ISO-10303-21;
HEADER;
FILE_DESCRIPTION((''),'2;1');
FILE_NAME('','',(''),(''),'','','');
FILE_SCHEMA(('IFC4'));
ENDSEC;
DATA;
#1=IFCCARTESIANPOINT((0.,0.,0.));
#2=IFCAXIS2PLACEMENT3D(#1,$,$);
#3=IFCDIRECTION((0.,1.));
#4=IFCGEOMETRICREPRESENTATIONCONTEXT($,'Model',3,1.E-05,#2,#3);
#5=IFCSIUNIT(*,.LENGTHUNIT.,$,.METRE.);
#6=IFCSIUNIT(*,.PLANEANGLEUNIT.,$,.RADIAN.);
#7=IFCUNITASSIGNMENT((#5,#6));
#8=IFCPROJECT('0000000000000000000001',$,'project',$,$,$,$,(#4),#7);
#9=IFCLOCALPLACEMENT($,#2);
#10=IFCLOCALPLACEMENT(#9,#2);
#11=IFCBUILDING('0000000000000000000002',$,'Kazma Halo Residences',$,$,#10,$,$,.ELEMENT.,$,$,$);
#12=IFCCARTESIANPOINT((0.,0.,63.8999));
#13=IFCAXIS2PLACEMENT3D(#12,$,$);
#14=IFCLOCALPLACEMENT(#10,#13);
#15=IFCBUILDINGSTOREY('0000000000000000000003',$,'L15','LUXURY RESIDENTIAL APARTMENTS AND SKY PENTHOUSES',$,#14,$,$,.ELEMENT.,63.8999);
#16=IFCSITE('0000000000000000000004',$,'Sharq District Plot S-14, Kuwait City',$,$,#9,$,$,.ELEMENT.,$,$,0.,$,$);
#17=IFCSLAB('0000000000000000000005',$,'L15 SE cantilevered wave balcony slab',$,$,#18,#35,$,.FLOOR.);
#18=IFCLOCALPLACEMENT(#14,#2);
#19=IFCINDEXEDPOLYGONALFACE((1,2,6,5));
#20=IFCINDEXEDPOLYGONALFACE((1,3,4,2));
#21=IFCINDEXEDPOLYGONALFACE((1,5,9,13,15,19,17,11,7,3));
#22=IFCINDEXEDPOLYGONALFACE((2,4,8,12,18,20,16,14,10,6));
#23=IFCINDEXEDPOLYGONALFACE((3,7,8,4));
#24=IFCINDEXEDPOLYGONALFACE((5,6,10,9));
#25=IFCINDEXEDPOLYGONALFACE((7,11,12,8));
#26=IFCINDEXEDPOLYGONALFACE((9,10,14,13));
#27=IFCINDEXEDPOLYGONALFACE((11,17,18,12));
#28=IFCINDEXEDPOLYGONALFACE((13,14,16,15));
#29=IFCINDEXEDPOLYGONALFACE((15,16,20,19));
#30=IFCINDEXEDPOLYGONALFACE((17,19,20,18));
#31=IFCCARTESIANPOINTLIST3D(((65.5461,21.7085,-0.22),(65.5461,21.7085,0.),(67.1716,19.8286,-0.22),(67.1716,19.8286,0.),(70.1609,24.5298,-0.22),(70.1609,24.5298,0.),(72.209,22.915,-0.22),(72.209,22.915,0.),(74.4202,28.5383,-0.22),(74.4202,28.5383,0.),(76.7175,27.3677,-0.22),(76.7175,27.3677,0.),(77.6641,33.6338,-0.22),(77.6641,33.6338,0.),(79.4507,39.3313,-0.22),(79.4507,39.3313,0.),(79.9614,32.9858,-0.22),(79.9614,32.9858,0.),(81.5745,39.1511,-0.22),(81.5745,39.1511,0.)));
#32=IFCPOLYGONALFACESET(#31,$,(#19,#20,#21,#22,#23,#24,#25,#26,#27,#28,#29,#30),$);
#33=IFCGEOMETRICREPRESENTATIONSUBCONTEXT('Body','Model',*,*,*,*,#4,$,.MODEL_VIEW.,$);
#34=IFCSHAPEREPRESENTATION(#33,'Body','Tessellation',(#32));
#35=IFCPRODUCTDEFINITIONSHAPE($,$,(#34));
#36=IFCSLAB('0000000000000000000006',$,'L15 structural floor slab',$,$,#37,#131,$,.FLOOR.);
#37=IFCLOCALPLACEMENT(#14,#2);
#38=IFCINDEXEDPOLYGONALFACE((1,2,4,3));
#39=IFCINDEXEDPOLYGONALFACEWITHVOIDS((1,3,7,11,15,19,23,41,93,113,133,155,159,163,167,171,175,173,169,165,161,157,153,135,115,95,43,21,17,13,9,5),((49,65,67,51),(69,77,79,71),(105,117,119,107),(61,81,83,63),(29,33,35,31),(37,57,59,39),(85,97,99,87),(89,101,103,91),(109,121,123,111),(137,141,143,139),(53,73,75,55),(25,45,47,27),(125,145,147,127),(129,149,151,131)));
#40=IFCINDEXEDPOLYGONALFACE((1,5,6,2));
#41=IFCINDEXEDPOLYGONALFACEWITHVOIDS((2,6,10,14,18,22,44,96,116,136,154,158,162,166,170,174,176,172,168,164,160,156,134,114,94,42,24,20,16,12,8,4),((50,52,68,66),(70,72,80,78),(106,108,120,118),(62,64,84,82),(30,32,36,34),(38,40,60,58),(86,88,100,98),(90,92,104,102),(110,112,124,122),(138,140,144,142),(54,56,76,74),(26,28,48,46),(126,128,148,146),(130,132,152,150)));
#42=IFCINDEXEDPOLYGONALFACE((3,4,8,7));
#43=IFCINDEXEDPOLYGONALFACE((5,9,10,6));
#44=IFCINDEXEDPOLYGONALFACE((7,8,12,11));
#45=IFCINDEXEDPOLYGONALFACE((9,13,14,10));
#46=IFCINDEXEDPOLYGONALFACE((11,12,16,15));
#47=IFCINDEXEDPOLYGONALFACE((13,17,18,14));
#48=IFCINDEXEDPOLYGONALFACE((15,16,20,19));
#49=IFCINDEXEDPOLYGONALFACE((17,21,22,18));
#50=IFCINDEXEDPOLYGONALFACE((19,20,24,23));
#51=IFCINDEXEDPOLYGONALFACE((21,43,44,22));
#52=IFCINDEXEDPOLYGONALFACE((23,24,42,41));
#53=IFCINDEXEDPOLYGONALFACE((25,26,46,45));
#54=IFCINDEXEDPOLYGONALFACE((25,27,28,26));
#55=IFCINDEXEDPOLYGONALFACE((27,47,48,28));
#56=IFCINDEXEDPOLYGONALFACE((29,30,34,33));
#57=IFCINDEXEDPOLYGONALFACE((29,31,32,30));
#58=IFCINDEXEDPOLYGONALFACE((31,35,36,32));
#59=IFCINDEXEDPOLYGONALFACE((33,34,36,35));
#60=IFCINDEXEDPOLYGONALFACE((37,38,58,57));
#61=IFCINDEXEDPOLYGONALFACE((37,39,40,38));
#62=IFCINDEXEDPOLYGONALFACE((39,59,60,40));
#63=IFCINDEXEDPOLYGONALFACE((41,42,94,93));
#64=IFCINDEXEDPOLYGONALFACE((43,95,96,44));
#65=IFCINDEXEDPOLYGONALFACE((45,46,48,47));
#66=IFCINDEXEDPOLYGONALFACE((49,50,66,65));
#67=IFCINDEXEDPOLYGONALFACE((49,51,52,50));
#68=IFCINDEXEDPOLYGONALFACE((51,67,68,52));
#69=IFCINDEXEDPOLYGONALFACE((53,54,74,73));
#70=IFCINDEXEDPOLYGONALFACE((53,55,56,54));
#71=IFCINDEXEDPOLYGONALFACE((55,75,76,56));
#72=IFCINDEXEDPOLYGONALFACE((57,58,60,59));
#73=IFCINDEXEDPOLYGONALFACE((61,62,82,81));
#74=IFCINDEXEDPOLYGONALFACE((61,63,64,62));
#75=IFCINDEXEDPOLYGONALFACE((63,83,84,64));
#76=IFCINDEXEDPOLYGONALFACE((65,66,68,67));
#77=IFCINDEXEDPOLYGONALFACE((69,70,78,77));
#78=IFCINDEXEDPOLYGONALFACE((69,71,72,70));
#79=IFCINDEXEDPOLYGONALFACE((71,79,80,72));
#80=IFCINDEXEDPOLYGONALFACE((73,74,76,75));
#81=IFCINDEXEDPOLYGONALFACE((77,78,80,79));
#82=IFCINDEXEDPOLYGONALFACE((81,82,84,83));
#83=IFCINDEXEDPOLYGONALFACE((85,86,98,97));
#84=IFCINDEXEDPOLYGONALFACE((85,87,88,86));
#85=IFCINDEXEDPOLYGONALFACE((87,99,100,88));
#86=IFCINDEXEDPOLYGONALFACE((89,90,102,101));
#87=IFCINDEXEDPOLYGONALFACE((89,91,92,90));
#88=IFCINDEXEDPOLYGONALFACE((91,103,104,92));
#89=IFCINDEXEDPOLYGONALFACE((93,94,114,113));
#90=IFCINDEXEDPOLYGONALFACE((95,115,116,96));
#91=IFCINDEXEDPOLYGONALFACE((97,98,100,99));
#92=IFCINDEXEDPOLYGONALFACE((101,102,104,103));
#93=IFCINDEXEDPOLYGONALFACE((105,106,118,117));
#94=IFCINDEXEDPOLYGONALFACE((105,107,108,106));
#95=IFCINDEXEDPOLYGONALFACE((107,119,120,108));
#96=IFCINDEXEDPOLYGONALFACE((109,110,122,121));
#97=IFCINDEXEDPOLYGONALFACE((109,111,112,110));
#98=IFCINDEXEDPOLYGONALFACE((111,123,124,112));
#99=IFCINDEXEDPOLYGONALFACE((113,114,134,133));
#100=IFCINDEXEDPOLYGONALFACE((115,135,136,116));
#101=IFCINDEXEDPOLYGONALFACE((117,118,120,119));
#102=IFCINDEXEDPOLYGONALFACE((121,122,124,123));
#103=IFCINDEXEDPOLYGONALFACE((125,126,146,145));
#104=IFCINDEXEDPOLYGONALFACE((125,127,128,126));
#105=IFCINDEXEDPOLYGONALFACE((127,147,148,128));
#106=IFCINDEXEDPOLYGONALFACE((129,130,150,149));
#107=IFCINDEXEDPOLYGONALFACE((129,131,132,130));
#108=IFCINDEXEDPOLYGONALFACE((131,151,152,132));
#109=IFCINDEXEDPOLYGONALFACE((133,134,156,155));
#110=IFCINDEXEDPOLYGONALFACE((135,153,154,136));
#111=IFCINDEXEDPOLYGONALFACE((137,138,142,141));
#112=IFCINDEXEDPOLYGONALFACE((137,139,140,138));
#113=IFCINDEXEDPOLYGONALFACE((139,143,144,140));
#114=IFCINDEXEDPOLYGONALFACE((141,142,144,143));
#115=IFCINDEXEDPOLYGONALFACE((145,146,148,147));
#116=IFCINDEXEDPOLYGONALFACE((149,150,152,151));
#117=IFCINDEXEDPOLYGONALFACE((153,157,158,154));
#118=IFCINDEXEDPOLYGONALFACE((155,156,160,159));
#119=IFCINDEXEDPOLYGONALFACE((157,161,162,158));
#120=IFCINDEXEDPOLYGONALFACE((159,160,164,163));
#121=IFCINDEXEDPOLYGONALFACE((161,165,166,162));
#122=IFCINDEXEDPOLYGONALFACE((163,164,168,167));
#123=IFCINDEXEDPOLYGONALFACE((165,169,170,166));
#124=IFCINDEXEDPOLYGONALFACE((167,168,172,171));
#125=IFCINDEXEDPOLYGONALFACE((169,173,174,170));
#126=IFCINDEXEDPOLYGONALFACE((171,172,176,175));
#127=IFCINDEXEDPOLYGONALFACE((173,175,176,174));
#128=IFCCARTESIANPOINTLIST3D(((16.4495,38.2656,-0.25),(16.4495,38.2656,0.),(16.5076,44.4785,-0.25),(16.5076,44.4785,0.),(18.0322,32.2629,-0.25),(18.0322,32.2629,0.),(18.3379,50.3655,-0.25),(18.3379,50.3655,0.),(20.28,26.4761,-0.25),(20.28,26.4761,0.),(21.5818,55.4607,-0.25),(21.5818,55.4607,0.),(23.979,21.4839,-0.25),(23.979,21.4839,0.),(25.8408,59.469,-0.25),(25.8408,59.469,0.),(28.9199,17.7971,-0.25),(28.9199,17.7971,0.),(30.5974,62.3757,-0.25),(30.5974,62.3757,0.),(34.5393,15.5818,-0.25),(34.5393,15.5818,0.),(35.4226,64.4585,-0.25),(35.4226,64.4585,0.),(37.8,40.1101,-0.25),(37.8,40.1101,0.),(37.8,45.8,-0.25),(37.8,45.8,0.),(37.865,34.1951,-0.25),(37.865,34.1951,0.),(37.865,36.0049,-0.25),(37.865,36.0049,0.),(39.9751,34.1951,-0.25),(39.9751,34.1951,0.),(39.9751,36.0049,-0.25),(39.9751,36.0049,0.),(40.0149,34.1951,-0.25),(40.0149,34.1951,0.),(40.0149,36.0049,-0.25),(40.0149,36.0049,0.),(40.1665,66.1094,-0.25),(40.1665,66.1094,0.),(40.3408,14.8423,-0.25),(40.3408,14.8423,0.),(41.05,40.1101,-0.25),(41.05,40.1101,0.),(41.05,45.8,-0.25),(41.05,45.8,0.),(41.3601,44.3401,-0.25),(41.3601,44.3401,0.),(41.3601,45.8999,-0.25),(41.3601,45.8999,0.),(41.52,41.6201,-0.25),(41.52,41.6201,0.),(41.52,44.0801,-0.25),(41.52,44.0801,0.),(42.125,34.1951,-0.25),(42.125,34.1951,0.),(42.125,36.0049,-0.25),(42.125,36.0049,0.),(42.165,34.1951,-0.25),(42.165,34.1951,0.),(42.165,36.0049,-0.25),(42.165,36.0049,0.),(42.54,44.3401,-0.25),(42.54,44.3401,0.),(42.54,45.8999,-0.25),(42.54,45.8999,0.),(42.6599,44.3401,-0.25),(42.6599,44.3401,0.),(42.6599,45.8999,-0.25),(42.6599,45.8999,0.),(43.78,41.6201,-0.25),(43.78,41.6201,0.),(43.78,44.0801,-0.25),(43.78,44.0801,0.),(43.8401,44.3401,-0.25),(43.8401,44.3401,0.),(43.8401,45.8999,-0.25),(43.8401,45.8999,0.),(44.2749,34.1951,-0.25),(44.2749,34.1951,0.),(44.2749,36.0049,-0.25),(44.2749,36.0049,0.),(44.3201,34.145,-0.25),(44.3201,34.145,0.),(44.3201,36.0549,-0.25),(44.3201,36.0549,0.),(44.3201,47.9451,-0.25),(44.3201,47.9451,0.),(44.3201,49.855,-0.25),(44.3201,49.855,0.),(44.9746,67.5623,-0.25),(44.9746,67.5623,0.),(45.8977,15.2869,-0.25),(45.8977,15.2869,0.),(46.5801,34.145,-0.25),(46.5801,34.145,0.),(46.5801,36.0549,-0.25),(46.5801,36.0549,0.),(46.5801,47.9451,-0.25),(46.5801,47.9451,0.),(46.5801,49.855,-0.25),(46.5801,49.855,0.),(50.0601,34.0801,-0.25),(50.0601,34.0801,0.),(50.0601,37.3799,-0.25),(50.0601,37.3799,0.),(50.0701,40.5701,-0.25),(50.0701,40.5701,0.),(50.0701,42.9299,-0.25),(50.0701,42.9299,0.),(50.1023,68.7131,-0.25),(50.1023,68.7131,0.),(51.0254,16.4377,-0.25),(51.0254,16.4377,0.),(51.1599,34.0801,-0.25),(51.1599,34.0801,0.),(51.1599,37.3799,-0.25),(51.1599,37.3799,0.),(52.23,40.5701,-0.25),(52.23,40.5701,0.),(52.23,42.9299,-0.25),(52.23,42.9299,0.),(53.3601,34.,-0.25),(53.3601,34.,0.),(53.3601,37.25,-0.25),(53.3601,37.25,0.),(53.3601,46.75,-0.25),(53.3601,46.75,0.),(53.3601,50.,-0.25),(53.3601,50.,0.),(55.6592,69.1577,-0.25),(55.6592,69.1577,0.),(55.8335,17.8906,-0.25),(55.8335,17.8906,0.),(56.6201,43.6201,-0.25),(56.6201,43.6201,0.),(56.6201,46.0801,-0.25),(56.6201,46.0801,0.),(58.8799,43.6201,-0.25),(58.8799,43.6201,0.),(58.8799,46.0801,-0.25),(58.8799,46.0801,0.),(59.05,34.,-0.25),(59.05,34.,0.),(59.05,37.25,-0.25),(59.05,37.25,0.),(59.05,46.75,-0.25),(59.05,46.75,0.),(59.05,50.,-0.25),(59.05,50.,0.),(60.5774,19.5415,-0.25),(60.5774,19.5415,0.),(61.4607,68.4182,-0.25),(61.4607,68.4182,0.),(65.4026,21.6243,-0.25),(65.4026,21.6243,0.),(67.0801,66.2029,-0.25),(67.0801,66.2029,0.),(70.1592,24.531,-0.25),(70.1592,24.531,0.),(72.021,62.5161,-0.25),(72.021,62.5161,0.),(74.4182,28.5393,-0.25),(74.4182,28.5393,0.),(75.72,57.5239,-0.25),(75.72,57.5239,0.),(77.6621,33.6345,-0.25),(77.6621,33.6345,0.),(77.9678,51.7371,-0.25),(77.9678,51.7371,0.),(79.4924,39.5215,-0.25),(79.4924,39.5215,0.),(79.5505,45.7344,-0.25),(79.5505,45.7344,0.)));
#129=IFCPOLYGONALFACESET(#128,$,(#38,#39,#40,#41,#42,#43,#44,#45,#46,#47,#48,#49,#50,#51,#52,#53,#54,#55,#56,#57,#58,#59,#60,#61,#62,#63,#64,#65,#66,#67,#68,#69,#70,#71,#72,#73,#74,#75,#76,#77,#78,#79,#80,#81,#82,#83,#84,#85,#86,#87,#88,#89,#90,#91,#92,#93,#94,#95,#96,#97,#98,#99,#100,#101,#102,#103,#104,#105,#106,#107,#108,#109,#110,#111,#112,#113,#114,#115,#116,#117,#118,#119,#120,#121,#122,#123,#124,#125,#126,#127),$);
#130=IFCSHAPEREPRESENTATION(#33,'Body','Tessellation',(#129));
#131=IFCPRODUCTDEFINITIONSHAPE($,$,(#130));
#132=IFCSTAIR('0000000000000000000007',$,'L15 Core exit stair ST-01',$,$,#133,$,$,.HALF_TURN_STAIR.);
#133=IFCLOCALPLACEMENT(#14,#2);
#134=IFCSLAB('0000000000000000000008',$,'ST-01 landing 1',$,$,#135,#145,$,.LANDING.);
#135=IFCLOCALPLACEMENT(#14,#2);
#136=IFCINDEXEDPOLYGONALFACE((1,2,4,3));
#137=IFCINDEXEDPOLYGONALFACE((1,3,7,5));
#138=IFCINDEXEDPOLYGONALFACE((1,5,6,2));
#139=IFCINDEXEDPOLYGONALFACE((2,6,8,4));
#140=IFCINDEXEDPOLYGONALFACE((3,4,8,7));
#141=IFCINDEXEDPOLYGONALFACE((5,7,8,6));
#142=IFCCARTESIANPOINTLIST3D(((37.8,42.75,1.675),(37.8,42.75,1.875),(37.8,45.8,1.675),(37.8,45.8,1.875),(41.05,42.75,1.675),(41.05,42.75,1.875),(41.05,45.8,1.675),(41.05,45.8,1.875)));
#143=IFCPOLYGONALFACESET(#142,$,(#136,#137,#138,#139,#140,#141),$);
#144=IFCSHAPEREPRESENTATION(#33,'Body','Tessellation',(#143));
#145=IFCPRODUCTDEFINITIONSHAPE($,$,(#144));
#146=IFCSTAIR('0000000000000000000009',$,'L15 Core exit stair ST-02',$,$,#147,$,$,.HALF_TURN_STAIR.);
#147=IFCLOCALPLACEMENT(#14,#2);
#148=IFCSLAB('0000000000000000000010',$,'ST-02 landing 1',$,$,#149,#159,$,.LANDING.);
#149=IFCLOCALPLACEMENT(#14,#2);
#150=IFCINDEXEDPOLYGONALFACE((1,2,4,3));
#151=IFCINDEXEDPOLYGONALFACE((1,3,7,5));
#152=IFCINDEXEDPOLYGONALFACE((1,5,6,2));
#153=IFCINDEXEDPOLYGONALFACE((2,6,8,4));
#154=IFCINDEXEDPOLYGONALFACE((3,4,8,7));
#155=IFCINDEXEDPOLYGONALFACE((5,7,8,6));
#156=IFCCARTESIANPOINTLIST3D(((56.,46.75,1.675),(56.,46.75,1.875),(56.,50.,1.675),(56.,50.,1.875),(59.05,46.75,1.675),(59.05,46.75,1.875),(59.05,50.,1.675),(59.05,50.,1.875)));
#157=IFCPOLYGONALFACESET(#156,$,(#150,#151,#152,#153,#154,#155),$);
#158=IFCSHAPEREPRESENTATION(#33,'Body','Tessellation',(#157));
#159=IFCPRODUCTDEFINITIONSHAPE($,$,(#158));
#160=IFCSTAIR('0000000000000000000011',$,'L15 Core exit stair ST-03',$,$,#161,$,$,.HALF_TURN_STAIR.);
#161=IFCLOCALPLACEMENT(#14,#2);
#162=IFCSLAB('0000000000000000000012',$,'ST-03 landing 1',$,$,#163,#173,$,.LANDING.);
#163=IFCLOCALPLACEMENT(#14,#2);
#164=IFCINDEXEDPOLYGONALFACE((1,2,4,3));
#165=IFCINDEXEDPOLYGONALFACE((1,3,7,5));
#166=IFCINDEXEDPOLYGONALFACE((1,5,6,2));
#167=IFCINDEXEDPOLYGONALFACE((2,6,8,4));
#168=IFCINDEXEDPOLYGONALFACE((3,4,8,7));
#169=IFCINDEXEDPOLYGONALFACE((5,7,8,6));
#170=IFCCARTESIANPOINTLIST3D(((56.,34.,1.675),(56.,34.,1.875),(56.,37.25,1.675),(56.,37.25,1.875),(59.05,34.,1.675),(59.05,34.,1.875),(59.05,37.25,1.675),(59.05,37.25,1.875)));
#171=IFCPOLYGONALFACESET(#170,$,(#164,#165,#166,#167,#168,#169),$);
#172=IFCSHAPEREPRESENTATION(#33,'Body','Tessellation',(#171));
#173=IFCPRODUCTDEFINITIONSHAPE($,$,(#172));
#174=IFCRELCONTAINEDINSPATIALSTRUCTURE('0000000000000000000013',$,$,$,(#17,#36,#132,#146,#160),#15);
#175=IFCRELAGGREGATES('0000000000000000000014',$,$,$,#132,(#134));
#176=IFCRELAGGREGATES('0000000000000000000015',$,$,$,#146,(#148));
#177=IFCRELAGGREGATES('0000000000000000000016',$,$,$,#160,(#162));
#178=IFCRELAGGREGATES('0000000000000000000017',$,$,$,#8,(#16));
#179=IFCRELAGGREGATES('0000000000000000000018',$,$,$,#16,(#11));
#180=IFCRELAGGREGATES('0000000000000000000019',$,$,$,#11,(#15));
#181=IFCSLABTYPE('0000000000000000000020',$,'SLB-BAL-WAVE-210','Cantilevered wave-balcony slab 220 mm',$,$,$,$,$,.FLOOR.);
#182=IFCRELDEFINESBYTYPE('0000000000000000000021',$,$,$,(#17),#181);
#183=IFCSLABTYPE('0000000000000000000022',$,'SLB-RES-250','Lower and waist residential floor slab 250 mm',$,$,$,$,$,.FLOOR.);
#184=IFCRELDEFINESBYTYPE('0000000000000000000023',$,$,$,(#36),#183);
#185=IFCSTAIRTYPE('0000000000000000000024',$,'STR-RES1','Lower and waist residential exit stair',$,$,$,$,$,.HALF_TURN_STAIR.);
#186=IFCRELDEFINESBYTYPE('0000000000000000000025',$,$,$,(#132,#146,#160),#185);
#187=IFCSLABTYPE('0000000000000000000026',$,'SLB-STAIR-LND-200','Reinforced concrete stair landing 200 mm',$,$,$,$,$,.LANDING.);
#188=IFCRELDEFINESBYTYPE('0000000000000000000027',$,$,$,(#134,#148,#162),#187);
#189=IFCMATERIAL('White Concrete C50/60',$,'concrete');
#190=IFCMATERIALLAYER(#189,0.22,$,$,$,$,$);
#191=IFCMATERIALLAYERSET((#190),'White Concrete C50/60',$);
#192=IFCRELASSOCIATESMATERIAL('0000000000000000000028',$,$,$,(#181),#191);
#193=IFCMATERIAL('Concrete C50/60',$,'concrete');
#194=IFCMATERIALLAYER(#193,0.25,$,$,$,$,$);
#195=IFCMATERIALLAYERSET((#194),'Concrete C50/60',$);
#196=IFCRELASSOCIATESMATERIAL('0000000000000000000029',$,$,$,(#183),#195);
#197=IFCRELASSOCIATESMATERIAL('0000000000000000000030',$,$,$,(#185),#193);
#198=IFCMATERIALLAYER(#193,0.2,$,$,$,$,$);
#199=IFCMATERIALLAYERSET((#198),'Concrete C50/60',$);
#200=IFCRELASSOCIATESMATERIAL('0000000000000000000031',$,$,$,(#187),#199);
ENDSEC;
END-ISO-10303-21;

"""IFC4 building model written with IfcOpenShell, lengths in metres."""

from ifc_helpers import new_model, si_unit, direction, frame, origin, place, context, subcontext, project, spatial, polyline, outline, extrude, material, layer, layer_set, type_object, element, aggregate, save


model = new_model("IFC4")

# Units and contexts
model_context = context("Model", 3, precision=1e-05, world=origin(), true_north=direction((0.0, 1.0)))
body_context = subcontext(model_context, "Body", "Model", "MODEL_VIEW")
ifc_project = project(units=[si_unit("LENGTHUNIT", "METRE"), si_unit("PLANEANGLEUNIT", "RADIAN")], contexts=[model_context])

# Site, building, storey
site_placement = place(None, origin())
site = spatial("IfcSite", under=ifc_project, at=site_placement, Name="Sharq District Plot S-14, Kuwait City", CompositionType="ELEMENT", RefElevation=0.0)
building_placement = place(site_placement, origin())
building = spatial("IfcBuilding", under=site, at=building_placement, Name="Kazma Halo Residences", CompositionType="ELEMENT")
storey_placement = place(building_placement, frame((0.0, 0.0, 63.8999)))
storey = spatial("IfcBuildingStorey", under=building, at=storey_placement, Name="L15", Description="LUXURY RESIDENTIAL APARTMENTS AND SKY PENTHOUSES", CompositionType="ELEMENT", Elevation=63.8999)

# Slabs
ifc_material_1 = material(Name="White Concrete C50/60", Category="concrete")
ifc_layer_1 = layer(ifc_material_1, 0.22)
ifc_layer_set_1 = layer_set([ifc_layer_1], Name="White Concrete C50/60")
slab_type_1 = type_object("IfcSlabType", Name="SLB-BAL-WAVE-210", Description="Cantilevered wave-balcony slab 220 mm", PredefinedType="FLOOR", material=ifc_layer_set_1)
slab_1_placement = place(storey_placement, frame((0.0, 0.0, -0.22)))
element("IfcSlab", 1, at=slab_1_placement, inside=storey, type_object=slab_type_1, Name="L15 SE cantilevered wave balcony slab", PredefinedType="FLOOR", context=body_context, shape_type="SweptSolid", body=[
    extrude(outline(polyline([(65.5461, 21.7085), (70.1609, 24.5298), (74.4202, 28.5383), (77.6641, 33.6338), (79.4507, 39.3313), (81.5745, 39.1511), (79.9614, 32.9858), (76.7175, 27.3677), (72.209, 22.915), (67.1716, 19.8286), (65.5461, 21.7085)])), origin(), (0.0, 0.0, 1.0), 0.22),
])
ifc_material_2 = material(Name="Concrete C50/60", Category="concrete")
ifc_layer_2 = layer(ifc_material_2, 0.25)
ifc_layer_set_2 = layer_set([ifc_layer_2], Name="Concrete C50/60")
slab_type_2 = type_object("IfcSlabType", Name="SLB-RES-250", Description="Lower and waist residential floor slab 250 mm", PredefinedType="FLOOR", material=ifc_layer_set_2)
slab_2_placement = place(storey_placement, frame((0.0, 0.0, -0.25)))
element("IfcSlab", 2, at=slab_2_placement, inside=storey, type_object=slab_type_2, Name="L15 structural floor slab", PredefinedType="FLOOR", context=body_context, shape_type="SweptSolid", body=[
    extrude(outline(polyline([(77.9678, 51.7371), (75.72, 57.5239), (72.021, 62.5161), (67.0801, 66.2029), (61.4607, 68.4182), (55.6592, 69.1577), (50.1023, 68.7131), (44.9746, 67.5623), (40.1665, 66.1094), (35.4226, 64.4585), (30.5974, 62.3757), (25.8408, 59.469), (21.5818, 55.4607), (18.3379, 50.3655), (16.5076, 44.4785), (16.4495, 38.2656), (18.0322, 32.2629), (20.28, 26.4761), (23.979, 21.4839), (28.9199, 17.7971), (34.5393, 15.5818), (40.3408, 14.8423), (45.8977, 15.2869), (51.0254, 16.4377), (55.8335, 17.8906), (60.5774, 19.5415), (65.4026, 21.6243), (70.1592, 24.531), (74.4182, 28.5393), (77.6621, 33.6345), (79.4924, 39.5215), (79.5505, 45.7344), (77.9678, 51.7371)]), holes=[polyline([(37.8, 40.1101), (41.05, 40.1101), (41.05, 45.8), (37.8, 45.8), (37.8, 40.1101)]), polyline([(53.3601, 46.75), (59.05, 46.75), (59.05, 50.0), (53.3601, 50.0), (53.3601, 46.75)]), polyline([(53.3601, 34.0), (59.05, 34.0), (59.05, 37.25), (53.3601, 37.25), (53.3601, 34.0)]), polyline([(41.52, 41.6201), (43.78, 41.6201), (43.78, 44.0801), (41.52, 44.0801), (41.52, 41.6201)]), polyline([(56.6201, 43.6201), (58.8799, 43.6201), (58.8799, 46.0801), (56.6201, 46.0801), (56.6201, 43.6201)]), polyline([(37.865, 34.1951), (39.9751, 34.1951), (39.9751, 36.0049), (37.865, 36.0049), (37.865, 34.1951)]), polyline([(40.0149, 34.1951), (42.125, 34.1951), (42.125, 36.0049), (40.0149, 36.0049), (40.0149, 34.1951)]), polyline([(42.165, 34.1951), (44.2749, 34.1951), (44.2749, 36.0049), (42.165, 36.0049), (42.165, 34.1951)]), polyline([(44.3201, 47.9451), (46.5801, 47.9451), (46.5801, 49.855), (44.3201, 49.855), (44.3201, 47.9451)]), polyline([(44.3201, 34.145), (46.5801, 34.145), (46.5801, 36.0549), (44.3201, 36.0549), (44.3201, 34.145)]), polyline([(50.0701, 40.5701), (52.23, 40.5701), (52.23, 42.9299), (50.0701, 42.9299), (50.0701, 40.5701)]), polyline([(41.3601, 44.3401), (42.54, 44.3401), (42.54, 45.8999), (41.3601, 45.8999), (41.3601, 44.3401)]), polyline([(42.6599, 44.3401), (43.8401, 44.3401), (43.8401, 45.8999), (42.6599, 45.8999), (42.6599, 44.3401)]), polyline([(50.0601, 34.0801), (51.1599, 34.0801), (51.1599, 37.3799), (50.0601, 37.3799), (50.0601, 34.0801)])]), origin(), (0.0, 0.0, 1.0), 0.25),
])

# Stairs, slabs
stair_type = type_object("IfcStairType", Name="STR-RES1", Description="Lower and waist residential exit stair", PredefinedType="HALF_TURN_STAIR", material=ifc_material_2)
stair_1_placement = place(storey_placement, origin())
stair_1 = element("IfcStair", 3, at=stair_1_placement, inside=storey, type_object=stair_type, Name="L15 Core exit stair ST-01", PredefinedType="HALF_TURN_STAIR")
ifc_layer_3 = layer(ifc_material_2, 0.2)
ifc_layer_set_3 = layer_set([ifc_layer_3], Name="Concrete C50/60")
slab_type_3 = type_object("IfcSlabType", Name="SLB-STAIR-LND-200", Description="Reinforced concrete stair landing 200 mm", PredefinedType="LANDING", material=ifc_layer_set_3)
slab_3_placement = place(storey_placement, frame((0.0, 0.0, 1.675)))
slab_3 = element("IfcSlab", 4, at=slab_3_placement, type_object=slab_type_3, Name="ST-01 landing 1", PredefinedType="LANDING", context=body_context, shape_type="SweptSolid", body=[
    extrude(outline(polyline([(41.05, 42.75), (41.05, 45.8), (37.8, 45.8), (37.8, 42.75), (41.05, 42.75)])), origin(), (0.0, 0.0, 1.0), 0.2),
])
aggregate(stair_1, [slab_3])
stair_2_placement = place(storey_placement, origin())
stair_2 = element("IfcStair", 5, at=stair_2_placement, inside=storey, type_object=stair_type, Name="L15 Core exit stair ST-02", PredefinedType="HALF_TURN_STAIR")
slab_4_placement = place(storey_placement, frame((0.0, 0.0, 1.675)))
slab_4 = element("IfcSlab", 6, at=slab_4_placement, type_object=slab_type_3, Name="ST-02 landing 1", PredefinedType="LANDING", context=body_context, shape_type="SweptSolid", body=[
    extrude(outline(polyline([(56.0, 46.75), (59.05, 46.75), (59.05, 50.0), (56.0, 50.0), (56.0, 46.75)])), origin(), (0.0, 0.0, 1.0), 0.2),
])
aggregate(stair_2, [slab_4])
stair_3_placement = place(storey_placement, origin())
stair_3 = element("IfcStair", 7, at=stair_3_placement, inside=storey, type_object=stair_type, Name="L15 Core exit stair ST-03", PredefinedType="HALF_TURN_STAIR")
slab_5_placement = place(storey_placement, frame((0.0, 0.0, 1.675)))
slab_5 = element("IfcSlab", 8, at=slab_5_placement, type_object=slab_type_3, Name="ST-03 landing 1", PredefinedType="LANDING", context=body_context, shape_type="SweptSolid", body=[
    extrude(outline(polyline([(56.0, 34.0), (59.05, 34.0), (59.05, 37.25), (56.0, 37.25), (56.0, 34.0)])), origin(), (0.0, 0.0, 1.0), 0.2),
])
aggregate(stair_3, [slab_5])

save(model, "model.ifc")
